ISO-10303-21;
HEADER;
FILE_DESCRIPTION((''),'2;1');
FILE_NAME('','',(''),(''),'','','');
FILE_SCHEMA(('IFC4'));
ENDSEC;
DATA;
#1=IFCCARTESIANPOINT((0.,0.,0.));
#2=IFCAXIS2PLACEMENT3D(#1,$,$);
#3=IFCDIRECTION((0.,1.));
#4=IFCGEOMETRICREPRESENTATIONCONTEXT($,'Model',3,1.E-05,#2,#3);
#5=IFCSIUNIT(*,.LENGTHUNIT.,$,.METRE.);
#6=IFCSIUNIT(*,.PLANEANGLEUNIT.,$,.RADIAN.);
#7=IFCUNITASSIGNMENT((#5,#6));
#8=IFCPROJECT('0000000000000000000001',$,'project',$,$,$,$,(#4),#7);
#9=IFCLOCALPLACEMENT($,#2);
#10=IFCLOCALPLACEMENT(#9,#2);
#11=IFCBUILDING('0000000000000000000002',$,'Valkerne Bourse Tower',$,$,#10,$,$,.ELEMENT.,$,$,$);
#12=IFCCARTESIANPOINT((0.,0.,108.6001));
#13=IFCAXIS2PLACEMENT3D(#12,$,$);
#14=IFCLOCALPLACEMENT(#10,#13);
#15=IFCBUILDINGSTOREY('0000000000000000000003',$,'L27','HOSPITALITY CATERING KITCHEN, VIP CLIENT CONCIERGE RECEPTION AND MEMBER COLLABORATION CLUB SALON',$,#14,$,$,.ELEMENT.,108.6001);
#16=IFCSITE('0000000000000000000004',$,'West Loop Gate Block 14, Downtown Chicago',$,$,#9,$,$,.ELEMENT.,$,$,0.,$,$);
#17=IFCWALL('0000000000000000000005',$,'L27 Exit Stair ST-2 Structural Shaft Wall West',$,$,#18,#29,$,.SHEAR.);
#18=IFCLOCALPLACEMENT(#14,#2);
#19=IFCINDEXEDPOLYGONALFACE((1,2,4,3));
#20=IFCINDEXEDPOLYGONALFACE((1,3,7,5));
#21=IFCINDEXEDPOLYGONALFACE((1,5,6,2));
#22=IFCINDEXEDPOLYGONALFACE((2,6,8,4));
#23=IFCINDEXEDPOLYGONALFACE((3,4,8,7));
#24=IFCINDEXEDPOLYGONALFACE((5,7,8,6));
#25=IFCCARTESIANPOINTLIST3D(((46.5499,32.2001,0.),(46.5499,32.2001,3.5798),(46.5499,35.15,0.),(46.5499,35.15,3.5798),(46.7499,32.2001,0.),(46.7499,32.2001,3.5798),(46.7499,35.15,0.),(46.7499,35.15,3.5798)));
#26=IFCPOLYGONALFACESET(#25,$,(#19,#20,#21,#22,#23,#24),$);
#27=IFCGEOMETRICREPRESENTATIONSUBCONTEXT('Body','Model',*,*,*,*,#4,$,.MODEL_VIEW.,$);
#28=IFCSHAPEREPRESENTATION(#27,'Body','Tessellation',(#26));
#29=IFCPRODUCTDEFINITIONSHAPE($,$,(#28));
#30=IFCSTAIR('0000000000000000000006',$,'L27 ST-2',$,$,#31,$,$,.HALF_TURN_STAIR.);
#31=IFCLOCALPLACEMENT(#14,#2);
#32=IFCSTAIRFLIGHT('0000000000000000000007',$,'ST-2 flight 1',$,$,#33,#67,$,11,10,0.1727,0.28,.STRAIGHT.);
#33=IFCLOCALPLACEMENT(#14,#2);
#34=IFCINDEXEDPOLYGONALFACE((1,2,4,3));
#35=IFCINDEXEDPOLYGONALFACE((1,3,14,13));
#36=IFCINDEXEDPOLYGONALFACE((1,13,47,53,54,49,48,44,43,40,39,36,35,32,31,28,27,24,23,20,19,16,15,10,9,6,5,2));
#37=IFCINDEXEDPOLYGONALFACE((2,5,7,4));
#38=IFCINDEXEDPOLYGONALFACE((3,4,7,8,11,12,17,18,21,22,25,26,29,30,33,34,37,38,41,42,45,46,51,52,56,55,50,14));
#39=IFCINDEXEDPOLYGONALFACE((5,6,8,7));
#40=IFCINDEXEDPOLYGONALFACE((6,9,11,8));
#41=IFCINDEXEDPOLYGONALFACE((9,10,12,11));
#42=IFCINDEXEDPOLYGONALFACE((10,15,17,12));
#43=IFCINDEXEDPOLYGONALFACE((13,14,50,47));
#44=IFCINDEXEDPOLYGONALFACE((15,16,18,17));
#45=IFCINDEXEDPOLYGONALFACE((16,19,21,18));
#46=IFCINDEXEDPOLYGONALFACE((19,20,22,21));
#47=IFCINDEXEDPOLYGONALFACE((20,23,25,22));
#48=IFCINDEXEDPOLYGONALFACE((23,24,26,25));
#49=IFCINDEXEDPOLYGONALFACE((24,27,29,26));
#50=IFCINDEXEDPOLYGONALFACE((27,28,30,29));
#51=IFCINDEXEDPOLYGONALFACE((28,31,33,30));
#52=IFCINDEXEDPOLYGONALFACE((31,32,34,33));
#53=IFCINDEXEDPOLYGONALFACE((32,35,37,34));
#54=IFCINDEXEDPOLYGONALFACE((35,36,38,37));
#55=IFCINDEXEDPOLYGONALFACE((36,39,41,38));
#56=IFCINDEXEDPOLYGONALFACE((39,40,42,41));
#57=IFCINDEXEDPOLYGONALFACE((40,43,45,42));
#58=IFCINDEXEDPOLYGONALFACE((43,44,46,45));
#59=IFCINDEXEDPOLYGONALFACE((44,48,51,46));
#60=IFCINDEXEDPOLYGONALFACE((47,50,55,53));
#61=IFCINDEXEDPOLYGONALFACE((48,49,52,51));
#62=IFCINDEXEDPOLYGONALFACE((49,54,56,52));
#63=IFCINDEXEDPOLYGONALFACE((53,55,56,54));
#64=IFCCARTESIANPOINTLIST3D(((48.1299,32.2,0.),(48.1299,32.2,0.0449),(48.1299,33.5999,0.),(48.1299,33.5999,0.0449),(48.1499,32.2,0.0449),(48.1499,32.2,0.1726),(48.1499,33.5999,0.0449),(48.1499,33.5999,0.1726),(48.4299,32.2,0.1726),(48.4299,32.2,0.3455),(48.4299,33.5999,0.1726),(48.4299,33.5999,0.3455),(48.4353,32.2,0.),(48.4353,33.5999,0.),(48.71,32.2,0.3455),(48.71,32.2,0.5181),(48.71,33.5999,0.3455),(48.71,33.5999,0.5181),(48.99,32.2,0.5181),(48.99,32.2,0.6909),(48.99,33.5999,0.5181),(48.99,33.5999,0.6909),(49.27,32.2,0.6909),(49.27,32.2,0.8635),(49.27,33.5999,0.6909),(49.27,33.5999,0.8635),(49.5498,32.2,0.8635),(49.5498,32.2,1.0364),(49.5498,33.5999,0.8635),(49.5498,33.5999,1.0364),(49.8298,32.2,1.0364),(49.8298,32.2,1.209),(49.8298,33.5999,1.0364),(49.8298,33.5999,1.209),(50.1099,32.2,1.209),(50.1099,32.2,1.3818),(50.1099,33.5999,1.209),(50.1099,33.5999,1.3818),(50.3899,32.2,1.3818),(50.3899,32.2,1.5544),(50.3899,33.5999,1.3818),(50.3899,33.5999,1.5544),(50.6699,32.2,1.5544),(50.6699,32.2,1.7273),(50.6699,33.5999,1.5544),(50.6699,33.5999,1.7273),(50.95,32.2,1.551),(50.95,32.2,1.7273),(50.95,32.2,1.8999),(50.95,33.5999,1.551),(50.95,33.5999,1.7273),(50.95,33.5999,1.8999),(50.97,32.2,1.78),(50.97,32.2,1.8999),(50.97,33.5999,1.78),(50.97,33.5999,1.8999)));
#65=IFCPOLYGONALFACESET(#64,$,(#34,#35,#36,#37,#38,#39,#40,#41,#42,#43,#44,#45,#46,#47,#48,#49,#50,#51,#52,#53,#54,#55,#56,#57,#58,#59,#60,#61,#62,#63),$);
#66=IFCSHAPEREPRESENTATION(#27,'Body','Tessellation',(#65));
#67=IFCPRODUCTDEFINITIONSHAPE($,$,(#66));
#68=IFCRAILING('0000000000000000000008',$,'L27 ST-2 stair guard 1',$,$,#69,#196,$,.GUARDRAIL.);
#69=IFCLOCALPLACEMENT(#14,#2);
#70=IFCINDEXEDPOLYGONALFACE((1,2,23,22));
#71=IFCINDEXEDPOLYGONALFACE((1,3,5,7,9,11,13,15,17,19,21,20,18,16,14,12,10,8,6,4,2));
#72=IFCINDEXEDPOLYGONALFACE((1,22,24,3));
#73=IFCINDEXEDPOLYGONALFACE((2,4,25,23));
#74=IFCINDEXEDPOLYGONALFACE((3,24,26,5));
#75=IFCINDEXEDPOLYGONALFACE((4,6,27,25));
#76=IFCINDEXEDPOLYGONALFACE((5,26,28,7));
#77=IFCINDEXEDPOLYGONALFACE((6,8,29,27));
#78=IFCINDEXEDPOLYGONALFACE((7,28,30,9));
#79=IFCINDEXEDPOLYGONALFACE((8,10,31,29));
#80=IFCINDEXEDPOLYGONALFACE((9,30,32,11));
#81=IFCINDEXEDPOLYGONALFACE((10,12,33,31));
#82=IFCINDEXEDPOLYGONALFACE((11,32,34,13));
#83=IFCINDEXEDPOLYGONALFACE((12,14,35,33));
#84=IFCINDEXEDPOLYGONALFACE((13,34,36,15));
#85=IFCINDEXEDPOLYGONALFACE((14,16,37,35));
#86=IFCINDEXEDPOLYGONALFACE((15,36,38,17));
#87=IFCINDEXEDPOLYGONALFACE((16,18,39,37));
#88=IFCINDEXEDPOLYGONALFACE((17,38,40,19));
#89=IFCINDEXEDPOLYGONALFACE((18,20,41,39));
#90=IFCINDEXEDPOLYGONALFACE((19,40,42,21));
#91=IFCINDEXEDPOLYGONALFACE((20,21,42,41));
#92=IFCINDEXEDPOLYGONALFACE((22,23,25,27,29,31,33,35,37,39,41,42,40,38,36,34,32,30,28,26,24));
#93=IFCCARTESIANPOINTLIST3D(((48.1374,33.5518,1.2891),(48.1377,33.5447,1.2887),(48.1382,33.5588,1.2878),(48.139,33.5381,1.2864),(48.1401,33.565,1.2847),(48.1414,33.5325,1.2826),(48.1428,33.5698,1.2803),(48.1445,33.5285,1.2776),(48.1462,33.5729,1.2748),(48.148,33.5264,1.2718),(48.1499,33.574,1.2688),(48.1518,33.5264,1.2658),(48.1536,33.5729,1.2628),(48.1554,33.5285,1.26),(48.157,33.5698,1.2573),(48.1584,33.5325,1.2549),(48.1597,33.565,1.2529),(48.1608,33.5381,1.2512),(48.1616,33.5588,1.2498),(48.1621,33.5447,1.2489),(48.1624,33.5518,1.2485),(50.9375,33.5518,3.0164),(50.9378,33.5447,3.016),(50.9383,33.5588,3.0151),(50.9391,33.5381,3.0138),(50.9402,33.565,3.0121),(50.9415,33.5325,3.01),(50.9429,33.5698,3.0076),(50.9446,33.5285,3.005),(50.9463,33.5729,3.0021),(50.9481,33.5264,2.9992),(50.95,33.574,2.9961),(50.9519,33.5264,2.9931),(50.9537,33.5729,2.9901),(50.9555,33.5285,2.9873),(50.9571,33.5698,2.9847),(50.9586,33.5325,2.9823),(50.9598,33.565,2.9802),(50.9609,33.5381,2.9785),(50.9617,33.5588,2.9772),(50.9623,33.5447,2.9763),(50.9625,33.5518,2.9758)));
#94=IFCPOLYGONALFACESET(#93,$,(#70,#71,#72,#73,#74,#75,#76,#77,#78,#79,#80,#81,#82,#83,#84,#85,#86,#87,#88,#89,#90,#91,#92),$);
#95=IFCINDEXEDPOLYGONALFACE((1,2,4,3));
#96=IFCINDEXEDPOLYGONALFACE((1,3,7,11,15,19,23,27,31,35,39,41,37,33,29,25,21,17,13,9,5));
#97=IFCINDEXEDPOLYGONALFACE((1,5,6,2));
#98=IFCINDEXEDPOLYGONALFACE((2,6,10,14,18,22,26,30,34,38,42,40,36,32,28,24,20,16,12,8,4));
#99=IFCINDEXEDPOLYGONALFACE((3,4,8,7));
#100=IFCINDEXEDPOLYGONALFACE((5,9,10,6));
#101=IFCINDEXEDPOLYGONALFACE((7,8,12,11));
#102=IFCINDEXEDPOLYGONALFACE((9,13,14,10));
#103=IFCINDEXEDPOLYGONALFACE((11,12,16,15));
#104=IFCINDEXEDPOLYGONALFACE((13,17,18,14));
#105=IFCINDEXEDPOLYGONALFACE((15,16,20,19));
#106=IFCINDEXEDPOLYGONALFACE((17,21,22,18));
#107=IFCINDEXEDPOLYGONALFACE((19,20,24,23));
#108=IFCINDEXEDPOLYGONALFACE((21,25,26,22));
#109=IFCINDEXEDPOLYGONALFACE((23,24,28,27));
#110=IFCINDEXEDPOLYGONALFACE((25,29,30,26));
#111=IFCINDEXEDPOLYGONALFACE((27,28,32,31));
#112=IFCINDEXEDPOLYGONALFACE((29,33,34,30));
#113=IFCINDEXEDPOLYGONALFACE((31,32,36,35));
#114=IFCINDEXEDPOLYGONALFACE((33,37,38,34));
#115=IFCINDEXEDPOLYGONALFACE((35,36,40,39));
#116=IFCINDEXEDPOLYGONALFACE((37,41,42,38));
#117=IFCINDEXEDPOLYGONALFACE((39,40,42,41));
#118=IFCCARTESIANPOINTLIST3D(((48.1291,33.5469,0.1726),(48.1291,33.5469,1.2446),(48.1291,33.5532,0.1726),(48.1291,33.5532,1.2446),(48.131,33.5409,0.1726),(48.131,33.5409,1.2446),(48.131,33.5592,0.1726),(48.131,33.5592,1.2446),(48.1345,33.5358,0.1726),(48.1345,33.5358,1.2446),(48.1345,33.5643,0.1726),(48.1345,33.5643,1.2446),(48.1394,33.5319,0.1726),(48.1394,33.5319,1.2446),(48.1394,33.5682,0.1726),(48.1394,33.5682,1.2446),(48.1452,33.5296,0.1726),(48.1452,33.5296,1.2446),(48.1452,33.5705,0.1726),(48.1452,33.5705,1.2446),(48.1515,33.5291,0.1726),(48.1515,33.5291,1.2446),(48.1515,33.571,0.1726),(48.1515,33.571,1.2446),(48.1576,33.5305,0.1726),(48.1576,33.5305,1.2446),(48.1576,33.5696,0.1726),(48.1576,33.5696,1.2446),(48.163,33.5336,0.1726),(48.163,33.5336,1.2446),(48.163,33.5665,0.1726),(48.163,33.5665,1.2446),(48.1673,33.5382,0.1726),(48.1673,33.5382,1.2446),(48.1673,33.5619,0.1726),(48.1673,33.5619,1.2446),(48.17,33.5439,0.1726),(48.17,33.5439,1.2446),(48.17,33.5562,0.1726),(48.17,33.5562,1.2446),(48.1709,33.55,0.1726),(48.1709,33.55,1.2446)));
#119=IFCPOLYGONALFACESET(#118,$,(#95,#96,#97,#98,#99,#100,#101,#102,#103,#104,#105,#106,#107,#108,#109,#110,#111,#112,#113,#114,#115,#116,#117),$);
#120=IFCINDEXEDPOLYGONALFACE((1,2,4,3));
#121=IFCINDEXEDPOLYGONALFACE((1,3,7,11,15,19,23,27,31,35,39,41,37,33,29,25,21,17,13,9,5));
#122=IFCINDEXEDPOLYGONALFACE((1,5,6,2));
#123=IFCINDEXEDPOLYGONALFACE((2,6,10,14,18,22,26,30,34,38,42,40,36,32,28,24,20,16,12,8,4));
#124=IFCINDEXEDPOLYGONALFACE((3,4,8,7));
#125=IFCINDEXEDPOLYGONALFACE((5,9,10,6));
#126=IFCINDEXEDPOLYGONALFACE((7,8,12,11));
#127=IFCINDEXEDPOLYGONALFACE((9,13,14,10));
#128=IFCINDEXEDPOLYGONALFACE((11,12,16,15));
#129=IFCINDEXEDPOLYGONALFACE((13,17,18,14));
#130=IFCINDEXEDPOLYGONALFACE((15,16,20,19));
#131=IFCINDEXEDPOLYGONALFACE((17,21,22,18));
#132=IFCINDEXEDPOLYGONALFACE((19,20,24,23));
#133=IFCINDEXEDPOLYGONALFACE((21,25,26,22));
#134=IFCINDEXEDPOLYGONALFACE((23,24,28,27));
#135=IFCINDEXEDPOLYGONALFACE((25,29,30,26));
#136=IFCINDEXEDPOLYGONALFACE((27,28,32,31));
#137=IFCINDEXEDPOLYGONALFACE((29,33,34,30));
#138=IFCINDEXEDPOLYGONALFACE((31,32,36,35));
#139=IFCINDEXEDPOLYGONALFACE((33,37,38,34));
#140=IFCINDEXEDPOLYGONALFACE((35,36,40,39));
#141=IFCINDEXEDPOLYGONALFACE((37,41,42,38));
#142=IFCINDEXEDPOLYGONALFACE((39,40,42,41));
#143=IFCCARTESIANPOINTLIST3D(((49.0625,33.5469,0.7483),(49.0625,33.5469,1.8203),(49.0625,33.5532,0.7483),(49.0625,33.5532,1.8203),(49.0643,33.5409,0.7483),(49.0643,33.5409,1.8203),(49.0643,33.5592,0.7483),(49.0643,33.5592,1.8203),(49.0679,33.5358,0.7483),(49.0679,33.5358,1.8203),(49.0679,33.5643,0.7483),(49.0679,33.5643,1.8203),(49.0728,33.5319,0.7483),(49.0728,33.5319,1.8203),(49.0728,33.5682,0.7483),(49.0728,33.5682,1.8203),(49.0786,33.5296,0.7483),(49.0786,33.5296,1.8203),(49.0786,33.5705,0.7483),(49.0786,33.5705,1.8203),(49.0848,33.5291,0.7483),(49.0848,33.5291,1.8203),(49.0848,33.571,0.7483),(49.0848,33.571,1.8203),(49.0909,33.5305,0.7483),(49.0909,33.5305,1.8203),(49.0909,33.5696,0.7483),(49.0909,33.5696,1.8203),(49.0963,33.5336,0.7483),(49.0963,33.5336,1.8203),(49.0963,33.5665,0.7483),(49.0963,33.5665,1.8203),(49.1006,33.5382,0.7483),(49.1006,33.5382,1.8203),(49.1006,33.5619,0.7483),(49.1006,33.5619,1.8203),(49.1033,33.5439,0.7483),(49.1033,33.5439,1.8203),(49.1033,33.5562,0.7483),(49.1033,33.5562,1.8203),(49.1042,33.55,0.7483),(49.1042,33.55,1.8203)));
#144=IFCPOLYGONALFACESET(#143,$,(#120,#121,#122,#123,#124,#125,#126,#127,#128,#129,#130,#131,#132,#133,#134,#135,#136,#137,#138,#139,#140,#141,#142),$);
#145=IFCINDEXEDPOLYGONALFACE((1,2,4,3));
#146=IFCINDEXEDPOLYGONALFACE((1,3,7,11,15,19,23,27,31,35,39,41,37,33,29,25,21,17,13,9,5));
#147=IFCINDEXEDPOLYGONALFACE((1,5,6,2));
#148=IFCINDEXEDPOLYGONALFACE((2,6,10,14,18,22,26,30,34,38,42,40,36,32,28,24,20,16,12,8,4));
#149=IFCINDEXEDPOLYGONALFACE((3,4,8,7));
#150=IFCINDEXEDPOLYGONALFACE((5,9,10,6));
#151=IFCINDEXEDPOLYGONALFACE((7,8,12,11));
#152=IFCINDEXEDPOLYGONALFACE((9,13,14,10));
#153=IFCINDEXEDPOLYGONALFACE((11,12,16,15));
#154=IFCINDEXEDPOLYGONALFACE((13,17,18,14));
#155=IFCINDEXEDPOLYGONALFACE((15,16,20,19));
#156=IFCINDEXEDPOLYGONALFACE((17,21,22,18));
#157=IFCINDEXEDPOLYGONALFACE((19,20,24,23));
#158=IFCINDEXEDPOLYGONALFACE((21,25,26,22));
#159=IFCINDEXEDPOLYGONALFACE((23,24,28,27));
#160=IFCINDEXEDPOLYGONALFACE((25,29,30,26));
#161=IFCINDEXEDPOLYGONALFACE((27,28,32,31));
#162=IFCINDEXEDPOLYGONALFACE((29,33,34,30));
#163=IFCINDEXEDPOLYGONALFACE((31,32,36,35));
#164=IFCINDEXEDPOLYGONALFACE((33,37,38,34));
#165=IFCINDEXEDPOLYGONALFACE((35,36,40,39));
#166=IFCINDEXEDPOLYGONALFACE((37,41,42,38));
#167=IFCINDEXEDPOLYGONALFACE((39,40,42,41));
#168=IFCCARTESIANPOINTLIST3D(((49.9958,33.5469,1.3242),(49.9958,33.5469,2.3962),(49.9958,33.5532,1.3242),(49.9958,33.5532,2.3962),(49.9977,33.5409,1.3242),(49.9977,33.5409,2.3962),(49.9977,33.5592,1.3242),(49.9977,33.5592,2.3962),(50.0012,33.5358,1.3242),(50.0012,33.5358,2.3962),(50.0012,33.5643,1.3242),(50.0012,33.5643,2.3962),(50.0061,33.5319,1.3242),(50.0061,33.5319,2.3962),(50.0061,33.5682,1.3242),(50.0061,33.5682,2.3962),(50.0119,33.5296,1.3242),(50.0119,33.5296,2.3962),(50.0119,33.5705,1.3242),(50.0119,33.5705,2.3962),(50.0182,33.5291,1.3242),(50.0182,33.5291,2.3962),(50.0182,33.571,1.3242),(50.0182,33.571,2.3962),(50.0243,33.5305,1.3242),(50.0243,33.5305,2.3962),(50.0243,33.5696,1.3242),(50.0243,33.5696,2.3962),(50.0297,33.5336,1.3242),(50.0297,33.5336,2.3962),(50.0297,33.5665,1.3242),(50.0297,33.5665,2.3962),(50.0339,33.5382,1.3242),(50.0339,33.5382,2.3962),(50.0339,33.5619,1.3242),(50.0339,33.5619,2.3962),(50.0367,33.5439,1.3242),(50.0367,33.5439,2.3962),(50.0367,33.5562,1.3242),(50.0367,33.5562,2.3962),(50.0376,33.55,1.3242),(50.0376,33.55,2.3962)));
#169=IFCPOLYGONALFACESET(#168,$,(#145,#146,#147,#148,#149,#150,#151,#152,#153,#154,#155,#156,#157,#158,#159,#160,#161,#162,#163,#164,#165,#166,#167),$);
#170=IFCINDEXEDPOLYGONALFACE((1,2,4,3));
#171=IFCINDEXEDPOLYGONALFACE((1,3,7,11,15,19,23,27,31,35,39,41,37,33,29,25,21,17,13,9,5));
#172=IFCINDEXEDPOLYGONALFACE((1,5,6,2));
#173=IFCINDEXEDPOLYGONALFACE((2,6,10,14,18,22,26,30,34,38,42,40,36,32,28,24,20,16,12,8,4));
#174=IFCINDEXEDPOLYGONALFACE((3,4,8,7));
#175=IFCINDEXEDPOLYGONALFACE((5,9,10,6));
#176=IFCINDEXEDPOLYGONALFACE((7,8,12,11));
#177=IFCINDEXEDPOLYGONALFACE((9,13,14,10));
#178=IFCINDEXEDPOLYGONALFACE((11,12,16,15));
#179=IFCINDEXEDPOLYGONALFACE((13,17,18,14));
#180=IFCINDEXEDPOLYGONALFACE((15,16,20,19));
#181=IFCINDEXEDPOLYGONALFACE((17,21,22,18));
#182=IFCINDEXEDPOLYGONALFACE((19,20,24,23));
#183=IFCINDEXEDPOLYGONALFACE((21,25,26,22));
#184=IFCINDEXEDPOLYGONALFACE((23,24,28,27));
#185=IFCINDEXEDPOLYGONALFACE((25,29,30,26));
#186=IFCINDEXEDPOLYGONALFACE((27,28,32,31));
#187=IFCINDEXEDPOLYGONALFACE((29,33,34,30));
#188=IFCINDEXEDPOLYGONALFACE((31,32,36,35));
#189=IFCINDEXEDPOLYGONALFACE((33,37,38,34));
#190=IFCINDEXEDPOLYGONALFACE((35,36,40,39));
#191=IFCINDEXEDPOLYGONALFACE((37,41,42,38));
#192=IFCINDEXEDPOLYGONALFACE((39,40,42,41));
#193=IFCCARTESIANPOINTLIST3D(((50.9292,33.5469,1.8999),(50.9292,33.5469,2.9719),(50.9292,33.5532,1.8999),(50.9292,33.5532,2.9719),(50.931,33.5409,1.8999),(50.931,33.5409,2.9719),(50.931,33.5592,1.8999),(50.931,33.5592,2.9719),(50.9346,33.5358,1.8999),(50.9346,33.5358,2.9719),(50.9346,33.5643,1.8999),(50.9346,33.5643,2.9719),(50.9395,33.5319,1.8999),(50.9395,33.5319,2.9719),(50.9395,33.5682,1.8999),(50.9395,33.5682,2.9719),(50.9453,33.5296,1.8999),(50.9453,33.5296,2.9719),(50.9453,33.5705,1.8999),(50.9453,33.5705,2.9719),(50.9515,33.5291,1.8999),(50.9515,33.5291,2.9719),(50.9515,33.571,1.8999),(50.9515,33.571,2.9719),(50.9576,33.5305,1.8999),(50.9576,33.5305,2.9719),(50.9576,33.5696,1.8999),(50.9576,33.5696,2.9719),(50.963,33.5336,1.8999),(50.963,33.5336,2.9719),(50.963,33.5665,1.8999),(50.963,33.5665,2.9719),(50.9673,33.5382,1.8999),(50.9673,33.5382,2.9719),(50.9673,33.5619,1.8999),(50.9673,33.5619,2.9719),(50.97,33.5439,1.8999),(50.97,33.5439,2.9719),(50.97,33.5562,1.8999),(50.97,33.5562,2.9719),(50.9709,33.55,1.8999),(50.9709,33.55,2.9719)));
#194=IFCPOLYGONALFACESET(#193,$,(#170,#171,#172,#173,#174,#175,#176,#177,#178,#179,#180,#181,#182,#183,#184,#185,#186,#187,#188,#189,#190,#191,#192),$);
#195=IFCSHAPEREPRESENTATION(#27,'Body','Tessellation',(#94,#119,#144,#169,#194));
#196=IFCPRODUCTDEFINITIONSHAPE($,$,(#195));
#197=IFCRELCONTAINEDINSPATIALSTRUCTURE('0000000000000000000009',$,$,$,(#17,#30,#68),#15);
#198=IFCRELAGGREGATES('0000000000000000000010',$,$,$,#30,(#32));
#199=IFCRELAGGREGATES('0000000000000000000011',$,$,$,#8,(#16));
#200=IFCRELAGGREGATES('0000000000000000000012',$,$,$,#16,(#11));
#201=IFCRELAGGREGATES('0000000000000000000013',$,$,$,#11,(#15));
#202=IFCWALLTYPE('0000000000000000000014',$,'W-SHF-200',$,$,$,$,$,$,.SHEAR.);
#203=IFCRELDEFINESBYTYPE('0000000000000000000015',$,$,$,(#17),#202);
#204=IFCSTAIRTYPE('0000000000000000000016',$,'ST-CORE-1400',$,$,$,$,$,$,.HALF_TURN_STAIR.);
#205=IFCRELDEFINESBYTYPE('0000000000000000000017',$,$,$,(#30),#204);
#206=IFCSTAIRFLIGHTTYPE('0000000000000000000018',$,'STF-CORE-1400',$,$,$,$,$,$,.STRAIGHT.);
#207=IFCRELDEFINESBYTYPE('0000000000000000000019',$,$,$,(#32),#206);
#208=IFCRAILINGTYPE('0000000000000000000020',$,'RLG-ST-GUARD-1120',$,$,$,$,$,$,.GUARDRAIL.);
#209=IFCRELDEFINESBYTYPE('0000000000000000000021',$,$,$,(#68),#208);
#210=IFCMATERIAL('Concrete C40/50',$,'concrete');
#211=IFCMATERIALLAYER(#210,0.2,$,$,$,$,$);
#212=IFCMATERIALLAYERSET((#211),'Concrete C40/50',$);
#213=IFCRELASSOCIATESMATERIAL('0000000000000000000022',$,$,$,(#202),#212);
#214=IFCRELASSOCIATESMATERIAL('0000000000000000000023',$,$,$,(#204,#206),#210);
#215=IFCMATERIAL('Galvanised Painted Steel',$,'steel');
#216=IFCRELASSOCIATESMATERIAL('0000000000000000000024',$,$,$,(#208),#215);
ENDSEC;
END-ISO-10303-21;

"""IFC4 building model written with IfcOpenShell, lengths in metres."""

from ifc_helpers import new_model, si_unit, direction, frame, frame_2d, origin, origin_2d, place, context, subcontext, project, spatial, polyline, rectangle, circle, outline, extrude, material, layer, layer_set, type_object, element, aggregate, save


model = new_model("IFC4")

# Units and contexts
model_context = context("Model", 3, precision=1e-05, world=origin(), true_north=direction((0.0, 1.0)))
body_context = subcontext(model_context, "Body", "Model", "MODEL_VIEW")
ifc_project = project(units=[si_unit("LENGTHUNIT", "METRE"), si_unit("PLANEANGLEUNIT", "RADIAN")], contexts=[model_context])

# Site, building, storey
site_placement = place(None, origin())
site = spatial("IfcSite", under=ifc_project, at=site_placement, Name="West Loop Gate Block 14, Downtown Chicago", CompositionType="ELEMENT", RefElevation=0.0)
building_placement = place(site_placement, origin())
building = spatial("IfcBuilding", under=site, at=building_placement, Name="Valkerne Bourse Tower", CompositionType="ELEMENT")
storey_placement = place(building_placement, frame((0.0, 0.0, 108.6001)))
storey = spatial("IfcBuildingStorey", under=building, at=storey_placement, Name="L27", Description="HOSPITALITY CATERING KITCHEN, VIP CLIENT CONCIERGE RECEPTION AND MEMBER COLLABORATION CLUB SALON", CompositionType="ELEMENT", Elevation=108.6001)

# Shared definitions
ifc_material_1 = material(Name="Galvanised Painted Steel", Category="steel")

# Shared definitions
ifc_material_2 = material(Name="Concrete C40/50", Category="concrete")
ifc_layer_1 = layer(ifc_material_2, 0.2)
ifc_layer_set_1 = layer_set([ifc_layer_1], Name="Concrete C40/50")
wall_type_1 = type_object("IfcWallType", Name="W-SHF-200", PredefinedType="SHEAR", material=ifc_layer_set_1)

# Wall
wall_1_placement = place(storey_placement, frame((46.6499, 32.2, 0.0), z_axis=(0.0, 0.0, 1.0), x_axis=(0.0, 1.0, 0.0)))
element("IfcWall", 1, at=wall_1_placement, inside=storey, type_object=wall_type_1, Name="L27 Exit Stair ST-2 Structural Shaft Wall West", PredefinedType="SHEAR", context=body_context, shape_type="SweptSolid", body=[
    extrude(rectangle(XDim=2.95, YDim=0.2, at=frame_2d((1.4751, 0.0))), origin(), (0.0, 0.0, 1.0), 3.5798),
])

# Stair, stair flight
stair_type = type_object("IfcStairType", Name="ST-CORE-1400", PredefinedType="HALF_TURN_STAIR", material=ifc_material_2)
stair_placement = place(storey_placement, origin())
stair = element("IfcStair", 2, at=stair_placement, inside=storey, type_object=stair_type, Name="L27 ST-2", PredefinedType="HALF_TURN_STAIR")
stair_flight_type = type_object("IfcStairFlightType", Name="STF-CORE-1400", PredefinedType="STRAIGHT", material=ifc_material_2)
stair_flight_placement = place(storey_placement, frame((48.1499, 32.8999, 0.0), z_axis=(0.0, 0.0, 1.0), x_axis=(1.0, 0.0, 0.0)))
stair_flight = element("IfcStairFlight", 3, at=stair_flight_placement, type_object=stair_flight_type, Name="ST-2 flight 1", NumberOfRisers=11, NumberOfTreads=10, PredefinedType="STRAIGHT", RiserHeight=0.1727, TreadLength=0.28, context=body_context, shape_type="SweptSolid", body=[
    extrude(outline(polyline([(-0.02, 0.0), (-0.02, 0.0449), (0.0, 0.0449), (0.0, 0.1726), (0.28, 0.1726), (0.28, 0.3455), (0.5601, 0.3455), (0.5601, 0.5181), (0.8401, 0.5181), (0.8401, 0.6909), (1.1201, 0.6909), (1.1201, 0.8635), (1.3999, 0.8635), (1.3999, 1.0364), (1.6799, 1.0364), (1.6799, 1.209), (1.96, 1.209), (1.96, 1.3818), (2.24, 1.3818), (2.24, 1.5544), (2.52, 1.5544), (2.52, 1.7273), (2.8, 1.7273), (2.8, 1.8999), (2.8201, 1.8999), (2.8201, 1.78), (2.8, 1.551), (0.2854, 0.0), (-0.02, 0.0)])), frame((0.0, 0.7, 0.0), z_axis=(0.0, -1.0, 0.0), x_axis=(1.0, 0.0, 0.0)), (0.0, 0.0, 1.0), 1.3999),
])
aggregate(stair, [stair_flight])

# Railing
railing_type_1 = type_object("IfcRailingType", Name="RLG-ST-GUARD-1120", PredefinedType="GUARDRAIL", material=ifc_material_1)
railing_1_placement = place(storey_placement, frame((48.1499, 33.55, 0.1726)))
element("IfcRailing", 4, at=railing_1_placement, inside=storey, type_object=railing_type_1, Name="L27 ST-2 stair guard 1", PredefinedType="GUARDRAIL", context=body_context, shape_type="SweptSolid", body=[
    extrude(circle(Radius=0.0239, at=origin_2d()), frame((0.0, 0.0, 1.0962), z_axis=(0.85109, 0.0, 0.52502), x_axis=(0.0, 1.0, 0.0)), (0.0, 0.0, 1.0), 3.29),
    extrude(circle(Radius=0.021, at=origin_2d()), origin(), (0.0, 0.0, 1.0), 1.072),
    extrude(circle(Radius=0.021, at=origin_2d()), frame((0.9333, 0.0, 0.5757)), (0.0, 0.0, 1.0), 1.072),
    extrude(circle(Radius=0.021, at=origin_2d()), frame((1.8667, 0.0, 1.1516)), (0.0, 0.0, 1.0), 1.072),
    extrude(circle(Radius=0.021, at=origin_2d()), frame((2.8, 0.0, 1.7273)), (0.0, 0.0, 1.0), 1.072),
])

save(model, "model.ifc")
